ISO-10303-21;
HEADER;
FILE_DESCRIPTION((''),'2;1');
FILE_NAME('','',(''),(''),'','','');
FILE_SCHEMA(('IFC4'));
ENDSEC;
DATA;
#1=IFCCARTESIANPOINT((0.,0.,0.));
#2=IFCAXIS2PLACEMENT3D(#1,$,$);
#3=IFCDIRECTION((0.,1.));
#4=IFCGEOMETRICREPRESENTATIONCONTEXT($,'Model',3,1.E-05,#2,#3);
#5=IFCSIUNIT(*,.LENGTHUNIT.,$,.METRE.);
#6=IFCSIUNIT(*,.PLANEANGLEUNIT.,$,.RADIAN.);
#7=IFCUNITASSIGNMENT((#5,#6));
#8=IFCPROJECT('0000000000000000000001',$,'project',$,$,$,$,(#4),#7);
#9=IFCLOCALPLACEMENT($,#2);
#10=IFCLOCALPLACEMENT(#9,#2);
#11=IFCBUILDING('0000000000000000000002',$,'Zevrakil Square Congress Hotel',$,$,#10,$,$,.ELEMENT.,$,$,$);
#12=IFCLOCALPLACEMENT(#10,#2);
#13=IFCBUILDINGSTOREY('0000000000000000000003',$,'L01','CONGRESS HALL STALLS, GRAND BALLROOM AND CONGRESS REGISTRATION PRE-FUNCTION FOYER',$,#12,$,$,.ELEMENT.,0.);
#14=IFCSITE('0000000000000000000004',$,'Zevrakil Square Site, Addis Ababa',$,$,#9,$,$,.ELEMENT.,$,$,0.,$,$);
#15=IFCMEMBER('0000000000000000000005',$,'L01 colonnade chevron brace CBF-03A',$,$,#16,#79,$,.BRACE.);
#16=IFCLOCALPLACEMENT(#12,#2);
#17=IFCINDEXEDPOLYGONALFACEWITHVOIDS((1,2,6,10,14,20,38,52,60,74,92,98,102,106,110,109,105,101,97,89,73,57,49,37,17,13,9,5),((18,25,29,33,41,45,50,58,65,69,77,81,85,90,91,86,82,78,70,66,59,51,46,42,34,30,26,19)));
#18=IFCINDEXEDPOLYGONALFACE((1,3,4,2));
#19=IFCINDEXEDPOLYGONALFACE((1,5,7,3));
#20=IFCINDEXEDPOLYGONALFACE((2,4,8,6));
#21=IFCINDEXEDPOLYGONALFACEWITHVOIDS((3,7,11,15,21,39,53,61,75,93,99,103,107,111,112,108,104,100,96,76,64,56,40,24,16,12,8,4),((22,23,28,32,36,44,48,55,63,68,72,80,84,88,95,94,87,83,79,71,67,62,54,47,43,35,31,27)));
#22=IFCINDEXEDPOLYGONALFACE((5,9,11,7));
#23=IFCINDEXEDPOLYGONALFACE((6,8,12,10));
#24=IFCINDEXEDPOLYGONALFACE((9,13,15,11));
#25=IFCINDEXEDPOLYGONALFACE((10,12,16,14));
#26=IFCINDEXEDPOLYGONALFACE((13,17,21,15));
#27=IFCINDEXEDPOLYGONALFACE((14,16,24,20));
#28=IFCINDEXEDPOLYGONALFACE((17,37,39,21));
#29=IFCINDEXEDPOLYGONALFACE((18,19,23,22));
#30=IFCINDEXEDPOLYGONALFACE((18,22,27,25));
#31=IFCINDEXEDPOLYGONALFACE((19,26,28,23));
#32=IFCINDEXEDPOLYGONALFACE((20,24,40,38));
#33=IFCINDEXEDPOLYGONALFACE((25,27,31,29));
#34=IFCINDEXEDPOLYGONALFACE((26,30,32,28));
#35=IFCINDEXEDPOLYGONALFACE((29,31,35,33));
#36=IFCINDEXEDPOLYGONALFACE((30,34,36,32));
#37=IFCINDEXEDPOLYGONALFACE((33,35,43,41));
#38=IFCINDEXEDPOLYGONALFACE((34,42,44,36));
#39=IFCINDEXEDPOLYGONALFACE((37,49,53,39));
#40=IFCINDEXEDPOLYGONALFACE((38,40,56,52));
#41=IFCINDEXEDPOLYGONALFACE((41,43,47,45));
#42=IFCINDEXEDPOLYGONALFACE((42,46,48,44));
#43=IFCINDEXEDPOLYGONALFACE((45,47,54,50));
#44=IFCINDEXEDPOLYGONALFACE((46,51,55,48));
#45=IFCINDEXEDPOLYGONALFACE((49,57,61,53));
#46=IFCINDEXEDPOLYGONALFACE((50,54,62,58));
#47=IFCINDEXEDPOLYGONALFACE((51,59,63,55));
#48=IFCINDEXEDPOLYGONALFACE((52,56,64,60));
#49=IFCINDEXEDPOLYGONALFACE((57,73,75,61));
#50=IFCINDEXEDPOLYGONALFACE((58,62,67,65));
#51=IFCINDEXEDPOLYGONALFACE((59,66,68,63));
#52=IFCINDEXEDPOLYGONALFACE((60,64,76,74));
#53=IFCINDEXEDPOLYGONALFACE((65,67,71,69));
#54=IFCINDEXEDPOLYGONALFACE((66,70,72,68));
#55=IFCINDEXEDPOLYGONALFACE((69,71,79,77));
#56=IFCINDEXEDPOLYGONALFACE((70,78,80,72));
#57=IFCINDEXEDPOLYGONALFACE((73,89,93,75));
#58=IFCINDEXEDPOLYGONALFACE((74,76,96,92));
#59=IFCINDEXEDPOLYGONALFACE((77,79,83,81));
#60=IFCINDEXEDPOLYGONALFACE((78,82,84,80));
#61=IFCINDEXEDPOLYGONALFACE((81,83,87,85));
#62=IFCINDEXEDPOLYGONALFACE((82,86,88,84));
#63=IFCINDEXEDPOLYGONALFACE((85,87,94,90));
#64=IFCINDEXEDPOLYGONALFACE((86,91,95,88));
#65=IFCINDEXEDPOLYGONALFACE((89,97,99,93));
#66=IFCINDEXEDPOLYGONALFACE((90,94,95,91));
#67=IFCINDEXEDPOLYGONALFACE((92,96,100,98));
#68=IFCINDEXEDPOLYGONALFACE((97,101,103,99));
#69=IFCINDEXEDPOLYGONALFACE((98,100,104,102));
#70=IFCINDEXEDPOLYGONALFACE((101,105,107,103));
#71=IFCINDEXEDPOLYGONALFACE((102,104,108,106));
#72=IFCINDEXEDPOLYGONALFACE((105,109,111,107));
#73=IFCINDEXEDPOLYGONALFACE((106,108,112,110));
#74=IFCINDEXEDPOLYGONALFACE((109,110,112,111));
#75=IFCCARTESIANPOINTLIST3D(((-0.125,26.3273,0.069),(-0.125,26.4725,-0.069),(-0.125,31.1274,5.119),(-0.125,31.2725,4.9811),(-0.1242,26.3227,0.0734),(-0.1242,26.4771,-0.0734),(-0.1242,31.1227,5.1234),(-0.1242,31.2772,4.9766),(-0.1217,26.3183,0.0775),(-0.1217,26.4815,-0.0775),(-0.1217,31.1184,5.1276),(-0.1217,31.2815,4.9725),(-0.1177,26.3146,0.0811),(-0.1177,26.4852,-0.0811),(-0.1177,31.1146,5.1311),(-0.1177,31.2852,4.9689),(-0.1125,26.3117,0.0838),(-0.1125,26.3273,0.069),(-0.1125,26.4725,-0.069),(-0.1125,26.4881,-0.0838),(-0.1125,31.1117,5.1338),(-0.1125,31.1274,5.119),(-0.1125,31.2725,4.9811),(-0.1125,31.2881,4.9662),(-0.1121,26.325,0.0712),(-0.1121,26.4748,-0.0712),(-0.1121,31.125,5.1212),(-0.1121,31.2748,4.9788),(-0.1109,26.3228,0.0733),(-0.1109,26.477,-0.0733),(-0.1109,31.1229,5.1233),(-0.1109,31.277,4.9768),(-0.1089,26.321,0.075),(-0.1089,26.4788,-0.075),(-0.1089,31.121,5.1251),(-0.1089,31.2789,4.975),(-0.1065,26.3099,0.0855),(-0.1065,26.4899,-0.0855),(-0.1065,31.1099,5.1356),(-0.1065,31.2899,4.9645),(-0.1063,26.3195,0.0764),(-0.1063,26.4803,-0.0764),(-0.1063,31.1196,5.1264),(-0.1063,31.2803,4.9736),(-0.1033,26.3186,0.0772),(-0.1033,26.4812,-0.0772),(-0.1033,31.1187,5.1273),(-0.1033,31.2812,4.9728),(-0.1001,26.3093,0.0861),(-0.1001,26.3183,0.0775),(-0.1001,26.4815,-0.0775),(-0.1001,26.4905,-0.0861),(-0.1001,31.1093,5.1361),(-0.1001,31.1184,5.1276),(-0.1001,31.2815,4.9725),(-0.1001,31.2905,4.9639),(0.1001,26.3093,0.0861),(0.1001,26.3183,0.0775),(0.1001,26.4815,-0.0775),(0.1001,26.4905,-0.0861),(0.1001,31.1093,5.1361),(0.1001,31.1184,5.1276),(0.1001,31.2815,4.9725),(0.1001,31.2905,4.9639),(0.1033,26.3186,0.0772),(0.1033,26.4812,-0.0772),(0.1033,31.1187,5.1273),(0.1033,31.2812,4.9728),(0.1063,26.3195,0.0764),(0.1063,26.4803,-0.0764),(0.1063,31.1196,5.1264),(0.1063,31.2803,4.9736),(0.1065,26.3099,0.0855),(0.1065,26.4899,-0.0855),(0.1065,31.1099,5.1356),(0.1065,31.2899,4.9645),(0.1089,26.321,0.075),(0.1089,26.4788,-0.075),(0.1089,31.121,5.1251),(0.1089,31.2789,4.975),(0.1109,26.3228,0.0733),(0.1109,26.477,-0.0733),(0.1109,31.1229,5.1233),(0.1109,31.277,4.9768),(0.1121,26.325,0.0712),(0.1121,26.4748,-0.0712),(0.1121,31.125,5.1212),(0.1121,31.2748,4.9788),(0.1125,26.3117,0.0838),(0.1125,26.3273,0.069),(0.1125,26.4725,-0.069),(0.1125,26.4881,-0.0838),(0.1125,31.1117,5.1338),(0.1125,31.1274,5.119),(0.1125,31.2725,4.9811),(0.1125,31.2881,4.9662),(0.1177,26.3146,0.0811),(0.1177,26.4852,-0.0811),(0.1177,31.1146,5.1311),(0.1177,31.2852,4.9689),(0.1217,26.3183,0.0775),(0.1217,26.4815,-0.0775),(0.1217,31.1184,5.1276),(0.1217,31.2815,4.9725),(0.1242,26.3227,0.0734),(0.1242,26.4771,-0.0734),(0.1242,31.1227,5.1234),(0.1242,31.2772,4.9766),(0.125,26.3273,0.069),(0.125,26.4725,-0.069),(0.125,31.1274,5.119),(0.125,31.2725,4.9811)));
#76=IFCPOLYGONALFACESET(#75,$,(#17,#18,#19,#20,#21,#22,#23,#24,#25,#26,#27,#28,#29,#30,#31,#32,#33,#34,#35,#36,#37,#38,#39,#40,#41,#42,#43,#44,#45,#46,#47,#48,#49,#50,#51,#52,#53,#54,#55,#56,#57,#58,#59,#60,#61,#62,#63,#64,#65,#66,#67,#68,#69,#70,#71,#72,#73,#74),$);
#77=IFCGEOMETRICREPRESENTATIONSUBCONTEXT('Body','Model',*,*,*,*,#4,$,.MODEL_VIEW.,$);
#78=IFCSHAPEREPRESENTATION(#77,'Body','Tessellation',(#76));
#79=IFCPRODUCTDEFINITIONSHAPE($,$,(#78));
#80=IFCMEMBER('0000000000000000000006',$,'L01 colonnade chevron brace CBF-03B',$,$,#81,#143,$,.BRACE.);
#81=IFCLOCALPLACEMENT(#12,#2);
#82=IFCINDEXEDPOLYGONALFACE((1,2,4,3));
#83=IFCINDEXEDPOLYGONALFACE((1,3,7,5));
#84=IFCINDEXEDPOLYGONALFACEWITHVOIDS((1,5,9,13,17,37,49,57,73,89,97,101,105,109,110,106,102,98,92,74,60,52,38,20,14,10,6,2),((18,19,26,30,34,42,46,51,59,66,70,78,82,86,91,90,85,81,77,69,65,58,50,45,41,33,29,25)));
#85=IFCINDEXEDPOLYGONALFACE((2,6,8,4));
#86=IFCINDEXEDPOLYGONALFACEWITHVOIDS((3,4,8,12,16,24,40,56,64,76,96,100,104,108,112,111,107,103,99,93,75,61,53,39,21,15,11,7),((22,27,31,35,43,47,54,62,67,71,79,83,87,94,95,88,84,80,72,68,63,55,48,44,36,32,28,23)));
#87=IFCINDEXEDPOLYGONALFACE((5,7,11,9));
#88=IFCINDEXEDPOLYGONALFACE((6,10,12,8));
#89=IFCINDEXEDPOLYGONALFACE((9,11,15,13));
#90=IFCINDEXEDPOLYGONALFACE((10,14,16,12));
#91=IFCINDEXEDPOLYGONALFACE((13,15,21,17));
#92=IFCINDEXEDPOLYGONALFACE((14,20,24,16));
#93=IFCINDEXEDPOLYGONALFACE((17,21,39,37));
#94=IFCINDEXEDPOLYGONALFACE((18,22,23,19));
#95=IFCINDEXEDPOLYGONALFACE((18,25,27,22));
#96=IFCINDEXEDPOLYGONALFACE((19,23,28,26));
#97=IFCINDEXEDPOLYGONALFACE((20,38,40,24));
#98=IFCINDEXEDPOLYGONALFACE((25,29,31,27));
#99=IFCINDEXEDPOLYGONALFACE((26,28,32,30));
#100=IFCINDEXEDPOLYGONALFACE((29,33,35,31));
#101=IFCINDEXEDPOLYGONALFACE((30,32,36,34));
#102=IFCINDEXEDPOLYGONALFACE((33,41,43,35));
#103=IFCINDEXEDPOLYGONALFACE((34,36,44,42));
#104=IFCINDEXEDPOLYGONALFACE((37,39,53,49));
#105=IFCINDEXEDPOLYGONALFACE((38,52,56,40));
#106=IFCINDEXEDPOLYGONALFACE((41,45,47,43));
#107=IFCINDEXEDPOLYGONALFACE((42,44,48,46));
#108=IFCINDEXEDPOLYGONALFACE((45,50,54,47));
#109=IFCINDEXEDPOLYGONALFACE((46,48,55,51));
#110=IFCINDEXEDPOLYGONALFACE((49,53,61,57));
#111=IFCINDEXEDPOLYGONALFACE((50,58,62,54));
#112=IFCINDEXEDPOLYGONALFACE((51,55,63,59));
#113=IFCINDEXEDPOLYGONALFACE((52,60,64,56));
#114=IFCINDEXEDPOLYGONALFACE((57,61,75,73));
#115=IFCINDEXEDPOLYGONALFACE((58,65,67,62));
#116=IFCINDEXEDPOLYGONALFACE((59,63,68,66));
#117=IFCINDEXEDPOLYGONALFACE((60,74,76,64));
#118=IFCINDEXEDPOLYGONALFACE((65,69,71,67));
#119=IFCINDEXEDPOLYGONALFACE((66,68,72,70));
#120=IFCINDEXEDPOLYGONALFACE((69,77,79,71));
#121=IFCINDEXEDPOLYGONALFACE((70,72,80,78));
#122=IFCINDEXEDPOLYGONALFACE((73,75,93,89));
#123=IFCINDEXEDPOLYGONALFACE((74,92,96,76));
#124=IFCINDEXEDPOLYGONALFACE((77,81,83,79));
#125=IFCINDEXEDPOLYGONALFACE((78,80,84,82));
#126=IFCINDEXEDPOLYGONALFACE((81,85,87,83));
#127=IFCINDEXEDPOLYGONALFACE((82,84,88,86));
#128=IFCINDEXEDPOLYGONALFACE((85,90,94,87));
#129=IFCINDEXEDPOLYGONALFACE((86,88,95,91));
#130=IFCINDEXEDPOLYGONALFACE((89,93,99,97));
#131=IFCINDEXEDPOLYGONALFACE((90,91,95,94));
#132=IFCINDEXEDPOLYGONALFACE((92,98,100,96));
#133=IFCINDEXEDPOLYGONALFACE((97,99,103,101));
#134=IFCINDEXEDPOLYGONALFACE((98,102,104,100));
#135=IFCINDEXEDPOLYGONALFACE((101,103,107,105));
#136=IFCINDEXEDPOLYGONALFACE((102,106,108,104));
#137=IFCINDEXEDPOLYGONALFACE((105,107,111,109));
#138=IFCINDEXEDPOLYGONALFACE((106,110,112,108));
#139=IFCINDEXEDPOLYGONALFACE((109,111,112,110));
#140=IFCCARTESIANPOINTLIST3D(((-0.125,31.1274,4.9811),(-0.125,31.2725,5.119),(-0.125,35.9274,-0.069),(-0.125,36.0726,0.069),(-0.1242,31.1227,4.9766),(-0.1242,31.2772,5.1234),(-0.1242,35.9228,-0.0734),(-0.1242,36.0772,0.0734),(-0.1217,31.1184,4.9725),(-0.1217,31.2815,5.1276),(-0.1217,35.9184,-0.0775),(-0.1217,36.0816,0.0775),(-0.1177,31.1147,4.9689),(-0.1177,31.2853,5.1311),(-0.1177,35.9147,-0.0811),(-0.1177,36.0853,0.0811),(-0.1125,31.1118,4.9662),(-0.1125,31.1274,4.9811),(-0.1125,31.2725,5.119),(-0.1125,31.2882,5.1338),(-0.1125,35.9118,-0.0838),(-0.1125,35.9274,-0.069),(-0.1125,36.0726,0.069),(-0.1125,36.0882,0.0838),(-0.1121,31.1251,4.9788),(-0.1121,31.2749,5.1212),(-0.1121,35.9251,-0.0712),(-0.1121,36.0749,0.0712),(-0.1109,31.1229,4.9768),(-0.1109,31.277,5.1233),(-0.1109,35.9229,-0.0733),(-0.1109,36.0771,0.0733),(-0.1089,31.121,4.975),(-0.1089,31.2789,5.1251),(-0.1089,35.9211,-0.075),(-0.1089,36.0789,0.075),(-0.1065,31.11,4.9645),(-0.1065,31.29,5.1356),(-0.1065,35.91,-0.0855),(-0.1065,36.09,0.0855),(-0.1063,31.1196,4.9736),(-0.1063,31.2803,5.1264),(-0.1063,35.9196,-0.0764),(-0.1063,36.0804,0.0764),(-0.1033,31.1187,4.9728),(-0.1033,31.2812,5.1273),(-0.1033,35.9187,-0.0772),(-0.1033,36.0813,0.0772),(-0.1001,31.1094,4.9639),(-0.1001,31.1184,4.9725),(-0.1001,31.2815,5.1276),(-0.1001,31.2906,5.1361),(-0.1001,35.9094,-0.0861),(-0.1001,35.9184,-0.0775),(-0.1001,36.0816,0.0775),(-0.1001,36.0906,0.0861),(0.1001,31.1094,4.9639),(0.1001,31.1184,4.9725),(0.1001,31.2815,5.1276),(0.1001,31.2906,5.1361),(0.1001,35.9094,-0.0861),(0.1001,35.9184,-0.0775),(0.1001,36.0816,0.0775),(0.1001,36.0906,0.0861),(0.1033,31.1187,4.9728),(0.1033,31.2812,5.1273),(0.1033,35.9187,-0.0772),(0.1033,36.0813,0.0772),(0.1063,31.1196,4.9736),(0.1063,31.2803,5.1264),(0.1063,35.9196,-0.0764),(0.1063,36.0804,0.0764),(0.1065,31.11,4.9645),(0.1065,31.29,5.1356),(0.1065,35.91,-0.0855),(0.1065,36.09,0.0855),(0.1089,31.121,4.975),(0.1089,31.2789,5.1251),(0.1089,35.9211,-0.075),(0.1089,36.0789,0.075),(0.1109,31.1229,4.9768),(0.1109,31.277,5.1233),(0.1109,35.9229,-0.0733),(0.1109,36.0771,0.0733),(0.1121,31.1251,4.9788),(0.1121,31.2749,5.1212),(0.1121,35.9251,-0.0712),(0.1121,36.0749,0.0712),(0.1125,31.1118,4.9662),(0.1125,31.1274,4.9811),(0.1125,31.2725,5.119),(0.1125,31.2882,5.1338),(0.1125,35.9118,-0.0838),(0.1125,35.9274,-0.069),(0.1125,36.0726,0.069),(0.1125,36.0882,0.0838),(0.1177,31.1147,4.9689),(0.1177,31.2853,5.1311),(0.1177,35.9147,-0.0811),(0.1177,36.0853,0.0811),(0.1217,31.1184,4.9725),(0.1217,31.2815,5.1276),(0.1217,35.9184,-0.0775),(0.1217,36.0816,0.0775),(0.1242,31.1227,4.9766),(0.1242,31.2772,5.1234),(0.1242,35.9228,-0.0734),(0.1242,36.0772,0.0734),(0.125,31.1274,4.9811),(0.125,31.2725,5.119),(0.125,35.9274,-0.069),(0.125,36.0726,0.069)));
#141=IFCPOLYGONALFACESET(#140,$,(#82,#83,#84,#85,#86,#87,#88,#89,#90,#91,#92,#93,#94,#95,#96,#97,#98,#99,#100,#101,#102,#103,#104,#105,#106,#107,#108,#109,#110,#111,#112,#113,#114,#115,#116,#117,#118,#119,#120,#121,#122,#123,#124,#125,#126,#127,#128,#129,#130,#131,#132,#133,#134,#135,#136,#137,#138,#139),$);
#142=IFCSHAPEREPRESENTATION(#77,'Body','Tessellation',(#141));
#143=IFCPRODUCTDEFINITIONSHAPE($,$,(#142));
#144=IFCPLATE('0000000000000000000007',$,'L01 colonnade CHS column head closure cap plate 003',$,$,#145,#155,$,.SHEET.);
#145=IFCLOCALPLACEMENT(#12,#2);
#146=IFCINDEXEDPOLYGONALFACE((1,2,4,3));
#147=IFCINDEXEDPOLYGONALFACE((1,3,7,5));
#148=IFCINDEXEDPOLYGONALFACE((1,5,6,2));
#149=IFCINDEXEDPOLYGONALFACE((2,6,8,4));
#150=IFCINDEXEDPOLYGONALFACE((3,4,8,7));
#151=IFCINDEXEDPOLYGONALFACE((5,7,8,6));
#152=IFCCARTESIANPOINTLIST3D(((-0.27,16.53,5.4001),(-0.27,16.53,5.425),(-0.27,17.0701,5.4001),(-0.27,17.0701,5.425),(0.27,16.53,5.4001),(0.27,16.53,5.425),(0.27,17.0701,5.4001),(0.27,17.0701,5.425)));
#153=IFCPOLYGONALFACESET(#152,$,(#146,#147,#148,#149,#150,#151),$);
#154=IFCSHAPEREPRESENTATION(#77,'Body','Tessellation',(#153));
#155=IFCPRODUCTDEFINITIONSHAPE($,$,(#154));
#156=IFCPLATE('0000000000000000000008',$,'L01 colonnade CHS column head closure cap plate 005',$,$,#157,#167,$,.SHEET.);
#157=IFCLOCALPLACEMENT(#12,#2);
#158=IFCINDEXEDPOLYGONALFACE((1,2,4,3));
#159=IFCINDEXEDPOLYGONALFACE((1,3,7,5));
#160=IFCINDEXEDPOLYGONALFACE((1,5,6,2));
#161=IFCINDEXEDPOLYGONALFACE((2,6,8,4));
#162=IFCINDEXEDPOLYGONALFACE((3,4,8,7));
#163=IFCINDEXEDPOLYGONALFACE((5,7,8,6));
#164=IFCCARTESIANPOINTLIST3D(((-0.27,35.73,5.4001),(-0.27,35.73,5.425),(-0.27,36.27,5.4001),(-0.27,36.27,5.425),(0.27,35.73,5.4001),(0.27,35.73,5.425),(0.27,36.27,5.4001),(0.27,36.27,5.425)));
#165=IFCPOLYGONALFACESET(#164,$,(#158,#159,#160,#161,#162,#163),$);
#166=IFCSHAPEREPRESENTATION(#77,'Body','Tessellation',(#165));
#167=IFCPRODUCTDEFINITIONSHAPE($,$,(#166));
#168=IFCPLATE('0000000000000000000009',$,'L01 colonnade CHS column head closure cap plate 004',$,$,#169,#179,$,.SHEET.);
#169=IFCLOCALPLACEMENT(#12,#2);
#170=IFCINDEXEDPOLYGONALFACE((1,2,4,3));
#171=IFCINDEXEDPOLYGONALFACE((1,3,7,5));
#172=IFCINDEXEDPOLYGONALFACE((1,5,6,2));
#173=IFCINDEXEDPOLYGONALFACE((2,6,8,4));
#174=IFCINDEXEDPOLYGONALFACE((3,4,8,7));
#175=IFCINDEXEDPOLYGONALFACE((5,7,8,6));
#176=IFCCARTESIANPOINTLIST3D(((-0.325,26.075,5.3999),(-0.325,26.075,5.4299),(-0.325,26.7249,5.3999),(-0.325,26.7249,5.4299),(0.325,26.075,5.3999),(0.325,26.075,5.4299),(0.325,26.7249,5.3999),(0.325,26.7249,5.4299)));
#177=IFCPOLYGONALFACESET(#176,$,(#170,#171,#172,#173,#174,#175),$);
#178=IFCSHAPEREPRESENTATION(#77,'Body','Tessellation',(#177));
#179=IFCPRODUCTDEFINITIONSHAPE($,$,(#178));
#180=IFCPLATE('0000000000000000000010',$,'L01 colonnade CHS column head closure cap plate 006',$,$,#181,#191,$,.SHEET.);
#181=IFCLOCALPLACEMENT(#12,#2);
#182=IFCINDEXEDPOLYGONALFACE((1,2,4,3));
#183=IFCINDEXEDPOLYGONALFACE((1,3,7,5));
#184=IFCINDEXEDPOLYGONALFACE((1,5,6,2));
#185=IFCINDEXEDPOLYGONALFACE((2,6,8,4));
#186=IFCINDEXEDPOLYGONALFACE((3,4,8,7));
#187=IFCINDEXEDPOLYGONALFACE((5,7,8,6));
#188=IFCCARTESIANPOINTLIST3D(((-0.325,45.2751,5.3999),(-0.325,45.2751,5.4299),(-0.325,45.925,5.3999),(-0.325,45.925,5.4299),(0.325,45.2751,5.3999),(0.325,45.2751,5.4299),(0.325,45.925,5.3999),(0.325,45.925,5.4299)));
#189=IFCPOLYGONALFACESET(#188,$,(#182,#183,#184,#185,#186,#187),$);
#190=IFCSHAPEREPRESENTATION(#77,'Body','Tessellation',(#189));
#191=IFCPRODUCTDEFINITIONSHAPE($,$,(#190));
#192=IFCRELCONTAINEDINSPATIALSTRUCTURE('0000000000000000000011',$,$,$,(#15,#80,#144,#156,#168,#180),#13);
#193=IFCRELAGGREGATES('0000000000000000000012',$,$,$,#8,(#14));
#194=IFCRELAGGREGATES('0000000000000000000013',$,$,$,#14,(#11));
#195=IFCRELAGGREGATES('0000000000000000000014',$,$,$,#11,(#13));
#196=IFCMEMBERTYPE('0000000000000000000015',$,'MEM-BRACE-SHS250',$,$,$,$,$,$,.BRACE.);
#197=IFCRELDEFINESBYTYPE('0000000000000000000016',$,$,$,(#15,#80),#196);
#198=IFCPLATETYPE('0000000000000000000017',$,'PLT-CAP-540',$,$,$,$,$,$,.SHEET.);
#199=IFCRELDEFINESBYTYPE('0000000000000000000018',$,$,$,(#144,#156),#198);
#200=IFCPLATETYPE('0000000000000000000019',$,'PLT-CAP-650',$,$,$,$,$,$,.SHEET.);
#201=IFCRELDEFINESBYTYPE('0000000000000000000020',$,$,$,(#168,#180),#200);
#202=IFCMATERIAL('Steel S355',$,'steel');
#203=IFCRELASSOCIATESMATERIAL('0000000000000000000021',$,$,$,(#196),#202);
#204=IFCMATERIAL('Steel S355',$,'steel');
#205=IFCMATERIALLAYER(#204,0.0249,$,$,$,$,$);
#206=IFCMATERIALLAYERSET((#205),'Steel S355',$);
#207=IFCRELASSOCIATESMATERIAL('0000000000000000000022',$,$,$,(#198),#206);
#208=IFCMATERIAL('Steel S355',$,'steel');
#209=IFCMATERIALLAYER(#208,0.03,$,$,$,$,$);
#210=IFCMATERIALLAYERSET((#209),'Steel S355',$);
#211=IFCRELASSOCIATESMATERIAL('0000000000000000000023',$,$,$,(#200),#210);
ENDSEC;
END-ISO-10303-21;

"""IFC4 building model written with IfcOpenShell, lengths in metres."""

from ifc_helpers import new_model, si_unit, direction, frame, origin, origin_2d, place, context, subcontext, project, spatial, rectangle, hollow_rectangle, extrude, material, layer, layer_set, material_profile, profile_set, type_object, element, save


model = new_model("IFC4")

# Units and contexts
model_context = context("Model", 3, precision=1e-05, world=origin(), true_north=direction((0.0, 1.0)))
body_context = subcontext(model_context, "Body", "Model", "MODEL_VIEW")
ifc_project = project(units=[si_unit("LENGTHUNIT", "METRE"), si_unit("PLANEANGLEUNIT", "RADIAN")], contexts=[model_context])

# Site, building, storey
site_placement = place(None, origin())
site = spatial("IfcSite", under=ifc_project, at=site_placement, Name="Zevrakil Square Site, Addis Ababa", CompositionType="ELEMENT", RefElevation=0.0)
building_placement = place(site_placement, origin())
building = spatial("IfcBuilding", under=site, at=building_placement, Name="Zevrakil Square Congress Hotel", CompositionType="ELEMENT")
storey_placement = place(building_placement, origin())
storey = spatial("IfcBuildingStorey", under=building, at=storey_placement, Name="L01", Description="CONGRESS HALL STALLS, GRAND BALLROOM AND CONGRESS REGISTRATION PRE-FUNCTION FOYER", CompositionType="ELEMENT", Elevation=0.0)

# Members
ifc_material_1 = material(Name="Steel S355", Category="steel")
ifc_material_profile_1 = material_profile(ifc_material_1, hollow_rectangle(XDim=0.25, YDim=0.25, WallThickness=0.0125, InnerFilletRadius=0.0125, OuterFilletRadius=0.0249, at=origin_2d()), Name="SHS 250x250x12.5")
ifc_profile_set_1 = profile_set([ifc_material_profile_1], Name="Steel S355")
member_type = type_object("IfcMemberType", Name="MEM-BRACE-SHS250", PredefinedType="BRACE", material=ifc_profile_set_1)
for number, where, z_axis, x_axis, name in (
    (1, (0.0, 26.3999, 0.0), (0.0, 0.688938, 0.72482), (-1.0, 0.0, 0.0), "L01 colonnade chevron brace CBF-03A"),
    (2, (0.0, 36.0, 0.0), (0.0, -0.688938, 0.72482), (1.0, 0.0, 0.0), "L01 colonnade chevron brace CBF-03B"),
):
    element("IfcMember", number, at=place(storey_placement, frame(where, z_axis=z_axis, x_axis=x_axis)), inside=storey, type_object=member_type, Name=name, PredefinedType="BRACE", context=body_context, shape_type="SweptSolid", body=[
        extrude(hollow_rectangle(XDim=0.25, YDim=0.25, WallThickness=0.0125, InnerFilletRadius=0.0125, OuterFilletRadius=0.0249, at=origin_2d()), origin(), (0.0, 0.0, 1.0), 6.9673),
    ])

# Plates
ifc_material_2 = material(Name="Steel S355", Category="steel")
ifc_layer_1 = layer(ifc_material_2, 0.0249)
ifc_layer_set_1 = layer_set([ifc_layer_1], Name="Steel S355")
plate_type_1 = type_object("IfcPlateType", Name="PLT-CAP-540", PredefinedType="SHEET", material=ifc_layer_set_1)
for number, where, z_axis, x_axis, name in (
    (3, (0.0, 16.8, 5.4001), (0.0, 0.0, 1.0), (1.0, 0.0, 0.0), "L01 colonnade CHS column head closure cap plate 003"),
    (4, (0.0, 36.0, 5.4001), (0.0, 0.0, 1.0), (1.0, 0.0, 0.0), "L01 colonnade CHS column head closure cap plate 005"),
):
    element("IfcPlate", number, at=place(storey_placement, frame(where, z_axis=z_axis, x_axis=x_axis)), inside=storey, type_object=plate_type_1, Name=name, PredefinedType="SHEET", context=body_context, shape_type="SweptSolid", body=[
        extrude(rectangle(XDim=0.54, YDim=0.54, at=origin_2d()), origin(), (0.0, 0.0, 1.0), 0.0249),
    ])
ifc_material_3 = material(Name="Steel S355", Category="steel")
ifc_layer_2 = layer(ifc_material_3, 0.03)
ifc_layer_set_2 = layer_set([ifc_layer_2], Name="Steel S355")
plate_type_2 = type_object("IfcPlateType", Name="PLT-CAP-650", PredefinedType="SHEET", material=ifc_layer_set_2)
for number, where, z_axis, x_axis, name in (
    (5, (0.0, 26.3999, 5.3999), (0.0, 0.0, 1.0), (1.0, 0.0, 0.0), "L01 colonnade CHS column head closure cap plate 004"),
    (6, (0.0, 45.6001, 5.3999), (0.0, 0.0, 1.0), (1.0, 0.0, 0.0), "L01 colonnade CHS column head closure cap plate 006"),
):
    element("IfcPlate", number, at=place(storey_placement, frame(where, z_axis=z_axis, x_axis=x_axis)), inside=storey, type_object=plate_type_2, Name=name, PredefinedType="SHEET", context=body_context, shape_type="SweptSolid", body=[
        extrude(rectangle(XDim=0.6499, YDim=0.6499, at=origin_2d()), origin(), (0.0, 0.0, 1.0), 0.03),
    ])

save(model, "model.ifc")
